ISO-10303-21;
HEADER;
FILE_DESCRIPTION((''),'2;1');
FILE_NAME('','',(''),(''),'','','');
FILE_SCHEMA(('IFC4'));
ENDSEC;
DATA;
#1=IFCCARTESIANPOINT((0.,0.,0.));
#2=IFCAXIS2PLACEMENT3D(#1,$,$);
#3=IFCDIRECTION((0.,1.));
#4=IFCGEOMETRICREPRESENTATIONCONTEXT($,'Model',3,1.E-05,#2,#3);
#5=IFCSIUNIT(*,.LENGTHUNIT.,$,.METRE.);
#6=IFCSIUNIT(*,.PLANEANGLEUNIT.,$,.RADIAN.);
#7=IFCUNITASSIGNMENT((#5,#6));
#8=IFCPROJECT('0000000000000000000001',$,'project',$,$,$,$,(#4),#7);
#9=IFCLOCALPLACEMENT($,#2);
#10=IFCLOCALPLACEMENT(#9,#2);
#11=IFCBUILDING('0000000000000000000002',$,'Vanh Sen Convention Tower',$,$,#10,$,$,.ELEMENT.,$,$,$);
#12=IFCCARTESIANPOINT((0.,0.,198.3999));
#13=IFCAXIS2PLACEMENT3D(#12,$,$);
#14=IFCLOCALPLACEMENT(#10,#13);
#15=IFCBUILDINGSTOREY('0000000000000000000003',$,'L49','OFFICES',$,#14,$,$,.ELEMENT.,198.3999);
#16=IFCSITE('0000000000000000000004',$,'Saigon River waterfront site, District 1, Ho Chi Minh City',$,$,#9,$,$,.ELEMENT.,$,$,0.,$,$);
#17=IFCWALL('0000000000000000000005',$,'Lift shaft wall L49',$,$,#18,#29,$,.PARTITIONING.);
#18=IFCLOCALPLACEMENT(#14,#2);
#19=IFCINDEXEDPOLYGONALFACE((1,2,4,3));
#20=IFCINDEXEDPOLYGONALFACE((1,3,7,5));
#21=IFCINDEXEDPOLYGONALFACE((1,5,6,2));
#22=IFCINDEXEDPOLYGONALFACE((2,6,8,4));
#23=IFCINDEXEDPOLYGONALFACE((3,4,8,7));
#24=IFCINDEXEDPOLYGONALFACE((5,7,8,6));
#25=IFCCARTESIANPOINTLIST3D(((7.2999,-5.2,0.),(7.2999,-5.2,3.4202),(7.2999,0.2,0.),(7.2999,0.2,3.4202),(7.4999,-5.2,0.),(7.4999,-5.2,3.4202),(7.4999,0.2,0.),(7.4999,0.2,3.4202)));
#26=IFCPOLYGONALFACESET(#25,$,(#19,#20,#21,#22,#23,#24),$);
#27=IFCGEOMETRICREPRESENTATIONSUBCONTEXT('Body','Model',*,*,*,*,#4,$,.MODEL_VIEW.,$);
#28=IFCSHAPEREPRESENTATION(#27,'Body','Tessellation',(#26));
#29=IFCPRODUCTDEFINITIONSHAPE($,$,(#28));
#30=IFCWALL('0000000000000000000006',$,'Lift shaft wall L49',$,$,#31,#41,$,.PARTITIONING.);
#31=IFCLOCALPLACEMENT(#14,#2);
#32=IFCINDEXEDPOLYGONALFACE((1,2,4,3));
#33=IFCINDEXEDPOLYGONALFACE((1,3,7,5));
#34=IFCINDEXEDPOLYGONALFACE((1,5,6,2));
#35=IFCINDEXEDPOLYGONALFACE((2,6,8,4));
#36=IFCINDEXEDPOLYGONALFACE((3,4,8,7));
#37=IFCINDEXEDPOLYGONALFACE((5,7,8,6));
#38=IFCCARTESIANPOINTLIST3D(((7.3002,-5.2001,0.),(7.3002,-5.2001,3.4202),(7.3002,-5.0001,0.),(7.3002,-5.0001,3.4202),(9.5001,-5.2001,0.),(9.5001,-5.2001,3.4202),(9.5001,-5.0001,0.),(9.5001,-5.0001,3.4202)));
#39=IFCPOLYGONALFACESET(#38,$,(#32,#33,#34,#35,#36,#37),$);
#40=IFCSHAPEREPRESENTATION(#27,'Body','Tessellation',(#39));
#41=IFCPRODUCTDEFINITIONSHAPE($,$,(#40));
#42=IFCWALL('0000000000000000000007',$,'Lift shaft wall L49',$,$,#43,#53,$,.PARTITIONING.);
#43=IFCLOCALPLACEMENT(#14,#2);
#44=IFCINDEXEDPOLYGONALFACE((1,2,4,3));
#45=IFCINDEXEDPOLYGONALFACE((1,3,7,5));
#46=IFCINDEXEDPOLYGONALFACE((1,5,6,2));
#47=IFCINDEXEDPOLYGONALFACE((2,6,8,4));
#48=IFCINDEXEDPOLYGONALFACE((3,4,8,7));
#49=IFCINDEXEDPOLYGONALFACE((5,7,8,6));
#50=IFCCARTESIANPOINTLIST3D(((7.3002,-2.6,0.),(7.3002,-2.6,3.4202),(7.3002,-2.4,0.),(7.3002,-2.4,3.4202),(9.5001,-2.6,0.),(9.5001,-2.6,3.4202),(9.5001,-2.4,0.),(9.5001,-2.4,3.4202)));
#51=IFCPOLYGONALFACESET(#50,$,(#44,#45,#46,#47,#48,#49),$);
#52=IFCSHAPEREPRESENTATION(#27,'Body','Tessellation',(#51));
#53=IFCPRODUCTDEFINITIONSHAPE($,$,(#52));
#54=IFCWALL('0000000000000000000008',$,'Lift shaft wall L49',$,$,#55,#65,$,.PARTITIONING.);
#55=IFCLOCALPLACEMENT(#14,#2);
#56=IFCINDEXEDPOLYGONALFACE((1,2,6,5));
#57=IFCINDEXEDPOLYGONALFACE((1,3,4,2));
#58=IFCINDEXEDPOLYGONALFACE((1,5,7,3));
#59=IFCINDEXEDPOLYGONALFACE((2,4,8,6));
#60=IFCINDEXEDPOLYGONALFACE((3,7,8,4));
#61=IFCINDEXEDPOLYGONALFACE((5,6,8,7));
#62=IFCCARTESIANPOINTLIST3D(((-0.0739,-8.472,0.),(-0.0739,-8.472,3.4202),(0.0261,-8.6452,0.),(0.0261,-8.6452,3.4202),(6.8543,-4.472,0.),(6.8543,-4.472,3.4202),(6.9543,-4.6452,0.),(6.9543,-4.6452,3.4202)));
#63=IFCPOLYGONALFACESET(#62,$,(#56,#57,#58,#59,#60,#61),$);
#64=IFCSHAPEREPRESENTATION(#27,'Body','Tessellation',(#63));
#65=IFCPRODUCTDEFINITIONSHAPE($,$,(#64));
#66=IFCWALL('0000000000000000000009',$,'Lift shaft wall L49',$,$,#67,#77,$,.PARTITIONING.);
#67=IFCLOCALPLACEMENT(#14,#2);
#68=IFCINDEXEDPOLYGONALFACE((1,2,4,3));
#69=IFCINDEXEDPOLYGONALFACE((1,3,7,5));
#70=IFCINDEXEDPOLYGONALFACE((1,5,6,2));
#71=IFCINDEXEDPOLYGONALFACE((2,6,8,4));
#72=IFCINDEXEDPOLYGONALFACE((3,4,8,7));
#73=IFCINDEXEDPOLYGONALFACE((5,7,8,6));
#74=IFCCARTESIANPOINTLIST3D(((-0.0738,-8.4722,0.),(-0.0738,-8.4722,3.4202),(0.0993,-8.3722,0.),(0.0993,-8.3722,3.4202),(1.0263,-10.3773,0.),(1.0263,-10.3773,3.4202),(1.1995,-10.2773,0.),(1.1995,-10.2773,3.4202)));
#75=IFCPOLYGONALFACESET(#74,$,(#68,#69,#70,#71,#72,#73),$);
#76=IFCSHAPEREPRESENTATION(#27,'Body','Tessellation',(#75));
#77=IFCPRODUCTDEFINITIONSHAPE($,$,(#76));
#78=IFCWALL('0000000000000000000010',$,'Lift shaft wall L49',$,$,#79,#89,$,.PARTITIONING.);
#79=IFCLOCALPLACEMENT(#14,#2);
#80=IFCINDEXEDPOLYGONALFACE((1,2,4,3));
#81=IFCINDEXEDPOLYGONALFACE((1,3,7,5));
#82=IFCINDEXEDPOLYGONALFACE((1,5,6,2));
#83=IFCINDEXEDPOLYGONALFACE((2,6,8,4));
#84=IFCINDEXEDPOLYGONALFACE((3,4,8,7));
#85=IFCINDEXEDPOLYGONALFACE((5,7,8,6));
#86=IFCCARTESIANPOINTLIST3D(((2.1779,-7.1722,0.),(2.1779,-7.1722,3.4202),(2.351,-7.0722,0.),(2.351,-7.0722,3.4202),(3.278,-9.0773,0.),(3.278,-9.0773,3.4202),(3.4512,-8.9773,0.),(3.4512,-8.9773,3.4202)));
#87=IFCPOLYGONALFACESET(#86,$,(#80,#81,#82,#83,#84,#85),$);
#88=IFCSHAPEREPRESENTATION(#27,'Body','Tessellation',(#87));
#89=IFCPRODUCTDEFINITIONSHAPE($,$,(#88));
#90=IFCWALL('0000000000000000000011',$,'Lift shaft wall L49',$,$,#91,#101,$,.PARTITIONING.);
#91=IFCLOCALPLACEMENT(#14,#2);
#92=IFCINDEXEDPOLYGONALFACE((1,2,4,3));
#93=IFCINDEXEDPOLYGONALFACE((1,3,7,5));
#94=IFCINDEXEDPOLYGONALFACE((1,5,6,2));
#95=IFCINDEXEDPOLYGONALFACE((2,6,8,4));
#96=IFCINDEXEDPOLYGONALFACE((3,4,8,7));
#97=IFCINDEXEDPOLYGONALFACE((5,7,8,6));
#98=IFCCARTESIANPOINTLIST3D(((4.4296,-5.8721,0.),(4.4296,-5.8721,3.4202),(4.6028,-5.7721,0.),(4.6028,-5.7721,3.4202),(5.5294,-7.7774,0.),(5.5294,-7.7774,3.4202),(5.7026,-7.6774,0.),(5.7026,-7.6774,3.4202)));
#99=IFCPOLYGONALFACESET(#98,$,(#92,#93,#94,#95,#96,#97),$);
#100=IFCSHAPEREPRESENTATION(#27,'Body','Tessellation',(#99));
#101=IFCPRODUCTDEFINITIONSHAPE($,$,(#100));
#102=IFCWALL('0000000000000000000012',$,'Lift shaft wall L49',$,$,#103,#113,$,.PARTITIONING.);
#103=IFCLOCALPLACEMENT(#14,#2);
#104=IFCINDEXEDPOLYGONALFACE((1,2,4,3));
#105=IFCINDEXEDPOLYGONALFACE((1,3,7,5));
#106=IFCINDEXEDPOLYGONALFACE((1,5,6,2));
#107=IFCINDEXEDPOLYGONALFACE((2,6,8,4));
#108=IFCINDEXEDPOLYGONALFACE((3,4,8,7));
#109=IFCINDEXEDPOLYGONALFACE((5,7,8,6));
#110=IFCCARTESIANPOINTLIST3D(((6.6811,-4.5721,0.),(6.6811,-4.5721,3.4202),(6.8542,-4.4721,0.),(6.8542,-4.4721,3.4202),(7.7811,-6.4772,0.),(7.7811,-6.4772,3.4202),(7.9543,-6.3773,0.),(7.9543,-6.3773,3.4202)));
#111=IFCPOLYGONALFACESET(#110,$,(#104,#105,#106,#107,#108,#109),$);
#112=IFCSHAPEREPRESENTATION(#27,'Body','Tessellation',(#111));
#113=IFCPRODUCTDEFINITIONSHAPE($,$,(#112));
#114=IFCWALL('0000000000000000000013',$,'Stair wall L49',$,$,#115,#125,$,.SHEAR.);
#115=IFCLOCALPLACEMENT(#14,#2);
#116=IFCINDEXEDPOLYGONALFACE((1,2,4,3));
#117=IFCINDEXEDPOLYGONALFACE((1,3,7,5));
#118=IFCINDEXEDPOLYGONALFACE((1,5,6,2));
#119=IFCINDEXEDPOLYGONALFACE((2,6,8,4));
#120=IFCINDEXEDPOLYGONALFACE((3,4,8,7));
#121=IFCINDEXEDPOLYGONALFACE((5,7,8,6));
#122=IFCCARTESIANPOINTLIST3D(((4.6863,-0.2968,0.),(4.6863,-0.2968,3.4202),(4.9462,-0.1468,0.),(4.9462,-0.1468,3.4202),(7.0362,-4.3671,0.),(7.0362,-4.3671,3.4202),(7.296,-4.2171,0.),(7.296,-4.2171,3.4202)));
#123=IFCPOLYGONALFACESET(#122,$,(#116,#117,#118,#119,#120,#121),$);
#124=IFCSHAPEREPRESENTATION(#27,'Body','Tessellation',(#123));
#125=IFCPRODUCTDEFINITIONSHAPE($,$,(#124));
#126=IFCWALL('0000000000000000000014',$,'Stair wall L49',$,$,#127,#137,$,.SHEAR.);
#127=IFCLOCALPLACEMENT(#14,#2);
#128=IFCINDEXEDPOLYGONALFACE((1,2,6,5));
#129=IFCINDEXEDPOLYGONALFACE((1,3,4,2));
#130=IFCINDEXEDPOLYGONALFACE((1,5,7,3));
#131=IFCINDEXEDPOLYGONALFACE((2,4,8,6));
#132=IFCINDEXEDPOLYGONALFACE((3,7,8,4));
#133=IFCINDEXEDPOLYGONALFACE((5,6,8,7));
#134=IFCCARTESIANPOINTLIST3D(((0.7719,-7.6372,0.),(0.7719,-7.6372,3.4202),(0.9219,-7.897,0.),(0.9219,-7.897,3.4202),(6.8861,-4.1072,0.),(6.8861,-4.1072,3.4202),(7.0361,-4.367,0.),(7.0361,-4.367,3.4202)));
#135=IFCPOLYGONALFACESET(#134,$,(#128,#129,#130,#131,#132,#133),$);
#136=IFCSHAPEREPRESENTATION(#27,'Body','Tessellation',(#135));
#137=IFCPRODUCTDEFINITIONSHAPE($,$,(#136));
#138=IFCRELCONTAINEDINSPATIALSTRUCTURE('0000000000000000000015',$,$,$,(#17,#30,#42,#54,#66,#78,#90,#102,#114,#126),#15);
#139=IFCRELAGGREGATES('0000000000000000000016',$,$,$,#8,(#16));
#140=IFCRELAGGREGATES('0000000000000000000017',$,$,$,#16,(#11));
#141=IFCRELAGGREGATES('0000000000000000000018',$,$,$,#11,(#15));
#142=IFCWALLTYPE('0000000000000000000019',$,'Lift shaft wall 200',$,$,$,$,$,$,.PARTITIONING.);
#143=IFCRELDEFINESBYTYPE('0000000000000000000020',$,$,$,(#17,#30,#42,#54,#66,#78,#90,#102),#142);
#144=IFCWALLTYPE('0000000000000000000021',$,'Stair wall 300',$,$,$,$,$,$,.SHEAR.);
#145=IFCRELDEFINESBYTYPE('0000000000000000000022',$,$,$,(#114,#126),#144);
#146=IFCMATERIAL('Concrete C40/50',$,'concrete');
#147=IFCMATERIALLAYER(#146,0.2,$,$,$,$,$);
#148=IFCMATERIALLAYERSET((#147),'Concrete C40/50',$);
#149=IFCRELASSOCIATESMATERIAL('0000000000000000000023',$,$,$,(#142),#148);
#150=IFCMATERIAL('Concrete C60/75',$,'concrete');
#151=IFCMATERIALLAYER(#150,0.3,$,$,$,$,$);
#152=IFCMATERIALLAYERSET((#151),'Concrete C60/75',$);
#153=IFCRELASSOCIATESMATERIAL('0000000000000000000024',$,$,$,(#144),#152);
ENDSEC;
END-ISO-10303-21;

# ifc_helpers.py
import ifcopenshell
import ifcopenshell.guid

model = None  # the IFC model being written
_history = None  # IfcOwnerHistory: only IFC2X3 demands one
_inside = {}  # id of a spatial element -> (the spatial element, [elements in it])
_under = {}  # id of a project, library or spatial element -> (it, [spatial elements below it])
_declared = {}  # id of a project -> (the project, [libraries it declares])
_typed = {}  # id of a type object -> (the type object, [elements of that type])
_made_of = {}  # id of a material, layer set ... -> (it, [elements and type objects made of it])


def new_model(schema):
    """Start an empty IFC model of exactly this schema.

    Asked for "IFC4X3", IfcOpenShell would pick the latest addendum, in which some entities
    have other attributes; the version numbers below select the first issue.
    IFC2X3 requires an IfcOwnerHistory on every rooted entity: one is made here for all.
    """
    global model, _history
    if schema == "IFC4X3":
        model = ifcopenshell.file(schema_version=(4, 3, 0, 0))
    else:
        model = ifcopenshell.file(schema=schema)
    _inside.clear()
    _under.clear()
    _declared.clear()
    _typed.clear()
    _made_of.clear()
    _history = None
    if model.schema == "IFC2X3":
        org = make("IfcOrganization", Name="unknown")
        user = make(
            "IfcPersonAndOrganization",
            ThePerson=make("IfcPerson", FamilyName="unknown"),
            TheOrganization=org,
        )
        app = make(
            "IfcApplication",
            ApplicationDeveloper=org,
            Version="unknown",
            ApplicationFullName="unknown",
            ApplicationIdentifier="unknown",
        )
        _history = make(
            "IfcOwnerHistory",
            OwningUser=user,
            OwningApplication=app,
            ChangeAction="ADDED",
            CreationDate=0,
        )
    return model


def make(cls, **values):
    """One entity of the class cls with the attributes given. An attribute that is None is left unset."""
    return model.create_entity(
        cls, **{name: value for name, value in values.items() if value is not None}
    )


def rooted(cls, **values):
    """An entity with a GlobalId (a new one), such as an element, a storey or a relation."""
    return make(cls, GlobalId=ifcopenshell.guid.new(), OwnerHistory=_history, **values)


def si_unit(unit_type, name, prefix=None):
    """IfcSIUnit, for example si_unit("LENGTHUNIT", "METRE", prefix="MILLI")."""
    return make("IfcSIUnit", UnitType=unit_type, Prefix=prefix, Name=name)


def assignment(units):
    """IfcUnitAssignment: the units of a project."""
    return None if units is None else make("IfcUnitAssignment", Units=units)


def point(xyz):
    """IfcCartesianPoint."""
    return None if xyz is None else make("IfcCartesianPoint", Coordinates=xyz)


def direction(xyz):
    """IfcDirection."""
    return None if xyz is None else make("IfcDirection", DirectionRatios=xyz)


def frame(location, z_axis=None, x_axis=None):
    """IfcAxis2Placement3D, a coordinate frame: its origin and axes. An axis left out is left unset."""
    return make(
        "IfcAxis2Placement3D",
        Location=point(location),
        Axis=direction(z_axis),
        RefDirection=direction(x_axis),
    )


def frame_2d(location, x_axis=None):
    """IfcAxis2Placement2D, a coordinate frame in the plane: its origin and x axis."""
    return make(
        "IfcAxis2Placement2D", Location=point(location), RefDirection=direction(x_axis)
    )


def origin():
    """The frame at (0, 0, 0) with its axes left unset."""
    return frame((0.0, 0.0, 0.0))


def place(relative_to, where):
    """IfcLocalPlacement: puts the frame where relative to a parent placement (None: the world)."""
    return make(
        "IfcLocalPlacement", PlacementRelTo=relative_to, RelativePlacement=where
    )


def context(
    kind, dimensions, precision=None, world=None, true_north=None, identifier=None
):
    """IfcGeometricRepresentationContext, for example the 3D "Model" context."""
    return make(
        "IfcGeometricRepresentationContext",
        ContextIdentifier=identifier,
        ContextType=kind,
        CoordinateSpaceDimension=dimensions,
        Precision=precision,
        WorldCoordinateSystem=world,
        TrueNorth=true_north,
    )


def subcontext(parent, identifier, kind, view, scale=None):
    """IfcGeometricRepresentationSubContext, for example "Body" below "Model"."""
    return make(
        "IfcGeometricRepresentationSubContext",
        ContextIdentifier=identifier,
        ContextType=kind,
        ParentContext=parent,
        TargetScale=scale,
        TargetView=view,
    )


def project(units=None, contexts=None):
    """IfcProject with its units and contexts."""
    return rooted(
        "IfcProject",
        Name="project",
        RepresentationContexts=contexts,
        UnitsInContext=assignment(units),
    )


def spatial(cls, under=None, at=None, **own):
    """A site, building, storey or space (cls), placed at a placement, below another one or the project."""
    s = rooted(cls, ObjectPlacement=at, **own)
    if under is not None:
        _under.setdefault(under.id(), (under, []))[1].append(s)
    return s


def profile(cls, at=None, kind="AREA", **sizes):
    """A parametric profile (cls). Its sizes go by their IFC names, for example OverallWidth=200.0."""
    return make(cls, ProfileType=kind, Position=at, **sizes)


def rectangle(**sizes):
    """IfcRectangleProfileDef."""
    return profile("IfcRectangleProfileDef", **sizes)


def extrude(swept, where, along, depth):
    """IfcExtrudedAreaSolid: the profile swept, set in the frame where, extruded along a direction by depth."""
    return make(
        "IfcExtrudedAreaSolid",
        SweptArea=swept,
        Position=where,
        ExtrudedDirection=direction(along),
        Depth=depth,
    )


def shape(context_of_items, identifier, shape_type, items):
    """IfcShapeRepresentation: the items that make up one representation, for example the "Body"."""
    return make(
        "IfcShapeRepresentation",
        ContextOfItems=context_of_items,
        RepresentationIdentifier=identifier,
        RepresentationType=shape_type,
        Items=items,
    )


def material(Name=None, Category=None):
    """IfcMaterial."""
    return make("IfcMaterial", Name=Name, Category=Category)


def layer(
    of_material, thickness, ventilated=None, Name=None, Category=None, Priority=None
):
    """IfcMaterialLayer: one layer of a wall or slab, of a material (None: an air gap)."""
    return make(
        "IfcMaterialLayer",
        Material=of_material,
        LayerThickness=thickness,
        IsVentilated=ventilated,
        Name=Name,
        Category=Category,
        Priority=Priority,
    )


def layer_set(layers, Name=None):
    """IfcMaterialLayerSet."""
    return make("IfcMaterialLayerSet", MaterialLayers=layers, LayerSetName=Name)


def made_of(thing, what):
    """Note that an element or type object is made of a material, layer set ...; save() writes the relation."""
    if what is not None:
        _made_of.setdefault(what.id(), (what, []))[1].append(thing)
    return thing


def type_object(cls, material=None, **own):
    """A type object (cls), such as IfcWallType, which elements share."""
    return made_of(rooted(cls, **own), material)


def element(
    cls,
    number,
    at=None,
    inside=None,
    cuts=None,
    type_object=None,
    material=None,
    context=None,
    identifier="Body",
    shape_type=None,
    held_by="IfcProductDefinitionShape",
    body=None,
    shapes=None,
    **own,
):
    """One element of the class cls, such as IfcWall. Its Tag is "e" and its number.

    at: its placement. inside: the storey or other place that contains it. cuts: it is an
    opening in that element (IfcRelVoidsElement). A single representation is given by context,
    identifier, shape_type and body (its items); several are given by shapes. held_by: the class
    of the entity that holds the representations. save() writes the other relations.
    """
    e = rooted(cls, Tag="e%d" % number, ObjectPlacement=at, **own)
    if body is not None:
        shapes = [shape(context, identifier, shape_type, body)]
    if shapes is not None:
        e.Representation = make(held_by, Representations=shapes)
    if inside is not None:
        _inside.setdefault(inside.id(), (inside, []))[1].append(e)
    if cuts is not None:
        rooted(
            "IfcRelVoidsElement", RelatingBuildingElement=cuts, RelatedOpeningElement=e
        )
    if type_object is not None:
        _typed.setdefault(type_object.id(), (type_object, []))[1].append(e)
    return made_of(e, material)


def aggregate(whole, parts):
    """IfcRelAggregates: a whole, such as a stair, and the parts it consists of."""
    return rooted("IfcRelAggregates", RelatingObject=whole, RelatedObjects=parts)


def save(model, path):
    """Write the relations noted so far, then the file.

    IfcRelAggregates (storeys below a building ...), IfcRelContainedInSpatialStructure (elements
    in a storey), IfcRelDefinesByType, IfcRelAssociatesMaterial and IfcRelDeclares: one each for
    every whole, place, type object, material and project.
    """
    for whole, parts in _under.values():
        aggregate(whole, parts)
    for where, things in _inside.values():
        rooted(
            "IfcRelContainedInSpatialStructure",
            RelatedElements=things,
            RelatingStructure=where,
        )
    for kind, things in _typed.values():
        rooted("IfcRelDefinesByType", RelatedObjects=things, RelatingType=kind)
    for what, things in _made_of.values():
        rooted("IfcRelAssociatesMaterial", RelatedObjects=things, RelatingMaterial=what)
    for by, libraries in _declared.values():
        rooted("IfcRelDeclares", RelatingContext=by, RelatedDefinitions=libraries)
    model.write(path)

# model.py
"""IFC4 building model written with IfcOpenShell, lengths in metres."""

from ifc_helpers import new_model, si_unit, direction, frame, frame_2d, origin, place, context, subcontext, project, spatial, rectangle, extrude, material, layer, layer_set, type_object, element, save


model = new_model("IFC4")

# Units and contexts
model_context = context("Model", 3, precision=1e-05, world=origin(), true_north=direction((0.0, 1.0)))
body_context = subcontext(model_context, "Body", "Model", "MODEL_VIEW")
ifc_project = project(units=[si_unit("LENGTHUNIT", "METRE"), si_unit("PLANEANGLEUNIT", "RADIAN")], contexts=[model_context])

# Site, building, storey
site_placement = place(None, origin())
site = spatial("IfcSite", under=ifc_project, at=site_placement, Name="Saigon River waterfront site, District 1, Ho Chi Minh City", CompositionType="ELEMENT", RefElevation=0.0)
building_placement = place(site_placement, origin())
building = spatial("IfcBuilding", under=site, at=building_placement, Name="Vanh Sen Convention Tower", CompositionType="ELEMENT")
storey_placement = place(building_placement, frame((0.0, 0.0, 198.3999)))
storey = spatial("IfcBuildingStorey", under=building, at=storey_placement, Name="L49", Description="OFFICES", CompositionType="ELEMENT", Elevation=198.3999)

# Walls
ifc_material_1 = material(Name="Concrete C40/50", Category="concrete")
ifc_layer_1 = layer(ifc_material_1, 0.2)
ifc_layer_set_1 = layer_set([ifc_layer_1], Name="Concrete C40/50")
wall_type_1 = type_object("IfcWallType", Name="Lift shaft wall 200", PredefinedType="PARTITIONING", material=ifc_layer_set_1)
wall_1_placement = place(storey_placement, frame((7.3999, -5.2, 0.0), z_axis=(0.0, 0.0, 1.0), x_axis=(0.0, 1.0, 0.0)))
element("IfcWall", 1, at=wall_1_placement, inside=storey, type_object=wall_type_1, Name="Lift shaft wall L49", PredefinedType="PARTITIONING", context=body_context, shape_type="SweptSolid", body=[
    extrude(rectangle(XDim=5.3999, YDim=0.2, at=frame_2d((2.7, 0.0))), origin(), (0.0, 0.0, 1.0), 3.4202),
])
for number, where, z_axis, x_axis, name in (
    (2, (7.3, -5.1001, 0.0), (0.0, 0.0, 1.0), (1.0, 0.0, 0.0), "Lift shaft wall L49"),
    (3, (7.3, -2.5, 0.0), (0.0, 0.0, 1.0), (1.0, 0.0, 0.0), "Lift shaft wall L49"),
):
    element("IfcWall", number, at=place(storey_placement, frame(where, z_axis=z_axis, x_axis=x_axis)), inside=storey, type_object=wall_type_1, Name=name, PredefinedType="PARTITIONING", context=body_context, shape_type="SweptSolid", body=[
        extrude(rectangle(XDim=2.2, YDim=0.2, at=frame_2d((1.1001, 0.0))), origin(), (0.0, 0.0, 1.0), 3.4202),
    ])
wall_2_placement = place(storey_placement, frame((-0.0239, -8.5586, 0.0), z_axis=(0.0, 0.0, 1.0), x_axis=(0.866026, 0.499999, 0.0)))
element("IfcWall", 4, at=wall_2_placement, inside=storey, type_object=wall_type_1, Name="Lift shaft wall L49", PredefinedType="PARTITIONING", context=body_context, shape_type="SweptSolid", body=[
    extrude(rectangle(XDim=8.0, YDim=0.2, at=frame_2d((4.0, 0.0))), origin(), (0.0, 0.0, 1.0), 3.4202),
])
for number, where, z_axis, x_axis, name in (
    (5, (0.0127, -8.4221, 0.0), (0.0, 0.0, 1.0), (0.500078, -0.86598, 0.0), "Lift shaft wall L49"),
    (6, (2.2644, -7.1221, 0.0), (0.0, 0.0, 1.0), (0.500078, -0.86598, 0.0), "Lift shaft wall L49"),
    (7, (4.5161, -5.822, 0.0), (0.0, 0.0, 1.0), (0.499947, -0.866056, 0.0), "Lift shaft wall L49"),
    (8, (6.7676, -4.522, 0.0), (0.0, 0.0, 1.0), (0.50003, -0.866008, 0.0), "Lift shaft wall L49"),
):
    element("IfcWall", number, at=place(storey_placement, frame(where, z_axis=z_axis, x_axis=x_axis)), inside=storey, type_object=wall_type_1, Name=name, PredefinedType="PARTITIONING", context=body_context, shape_type="SweptSolid", body=[
        extrude(rectangle(XDim=2.2, YDim=0.2, at=frame_2d((1.1001, 0.0))), origin(), (0.0, 0.0, 1.0), 3.4202),
    ])
ifc_material_2 = material(Name="Concrete C60/75", Category="concrete")
ifc_layer_2 = layer(ifc_material_2, 0.3)
ifc_layer_set_2 = layer_set([ifc_layer_2], Name="Concrete C60/75")
wall_type_2 = type_object("IfcWallType", Name="Stair wall 300", PredefinedType="SHEAR", material=ifc_layer_set_2)
wall_3_placement = place(storey_placement, frame((4.8162, -0.2217, 0.0), z_axis=(0.0, 0.0, 1.0), x_axis=(0.499977, -0.866039, 0.0)))
element("IfcWall", 9, at=wall_3_placement, inside=storey, type_object=wall_type_2, Name="Stair wall L49", PredefinedType="SHEAR", context=body_context, shape_type="SweptSolid", body=[
    extrude(rectangle(XDim=4.7, YDim=0.3, at=frame_2d((2.3501, 0.0))), origin(), (0.0, 0.0, 1.0), 3.4202),
])
wall_4_placement = place(storey_placement, frame((0.8469, -7.7671, 0.0), z_axis=(0.0, 0.0, 1.0), x_axis=(0.866028, 0.499996, 0.0)))
element("IfcWall", 10, at=wall_4_placement, inside=storey, type_object=wall_type_2, Name="Stair wall L49", PredefinedType="SHEAR", context=body_context, shape_type="SweptSolid", body=[
    extrude(rectangle(XDim=7.0601, YDim=0.3, at=frame_2d((3.53, 0.0))), origin(), (0.0, 0.0, 1.0), 3.4202),
])

save(model, "model.ifc")
